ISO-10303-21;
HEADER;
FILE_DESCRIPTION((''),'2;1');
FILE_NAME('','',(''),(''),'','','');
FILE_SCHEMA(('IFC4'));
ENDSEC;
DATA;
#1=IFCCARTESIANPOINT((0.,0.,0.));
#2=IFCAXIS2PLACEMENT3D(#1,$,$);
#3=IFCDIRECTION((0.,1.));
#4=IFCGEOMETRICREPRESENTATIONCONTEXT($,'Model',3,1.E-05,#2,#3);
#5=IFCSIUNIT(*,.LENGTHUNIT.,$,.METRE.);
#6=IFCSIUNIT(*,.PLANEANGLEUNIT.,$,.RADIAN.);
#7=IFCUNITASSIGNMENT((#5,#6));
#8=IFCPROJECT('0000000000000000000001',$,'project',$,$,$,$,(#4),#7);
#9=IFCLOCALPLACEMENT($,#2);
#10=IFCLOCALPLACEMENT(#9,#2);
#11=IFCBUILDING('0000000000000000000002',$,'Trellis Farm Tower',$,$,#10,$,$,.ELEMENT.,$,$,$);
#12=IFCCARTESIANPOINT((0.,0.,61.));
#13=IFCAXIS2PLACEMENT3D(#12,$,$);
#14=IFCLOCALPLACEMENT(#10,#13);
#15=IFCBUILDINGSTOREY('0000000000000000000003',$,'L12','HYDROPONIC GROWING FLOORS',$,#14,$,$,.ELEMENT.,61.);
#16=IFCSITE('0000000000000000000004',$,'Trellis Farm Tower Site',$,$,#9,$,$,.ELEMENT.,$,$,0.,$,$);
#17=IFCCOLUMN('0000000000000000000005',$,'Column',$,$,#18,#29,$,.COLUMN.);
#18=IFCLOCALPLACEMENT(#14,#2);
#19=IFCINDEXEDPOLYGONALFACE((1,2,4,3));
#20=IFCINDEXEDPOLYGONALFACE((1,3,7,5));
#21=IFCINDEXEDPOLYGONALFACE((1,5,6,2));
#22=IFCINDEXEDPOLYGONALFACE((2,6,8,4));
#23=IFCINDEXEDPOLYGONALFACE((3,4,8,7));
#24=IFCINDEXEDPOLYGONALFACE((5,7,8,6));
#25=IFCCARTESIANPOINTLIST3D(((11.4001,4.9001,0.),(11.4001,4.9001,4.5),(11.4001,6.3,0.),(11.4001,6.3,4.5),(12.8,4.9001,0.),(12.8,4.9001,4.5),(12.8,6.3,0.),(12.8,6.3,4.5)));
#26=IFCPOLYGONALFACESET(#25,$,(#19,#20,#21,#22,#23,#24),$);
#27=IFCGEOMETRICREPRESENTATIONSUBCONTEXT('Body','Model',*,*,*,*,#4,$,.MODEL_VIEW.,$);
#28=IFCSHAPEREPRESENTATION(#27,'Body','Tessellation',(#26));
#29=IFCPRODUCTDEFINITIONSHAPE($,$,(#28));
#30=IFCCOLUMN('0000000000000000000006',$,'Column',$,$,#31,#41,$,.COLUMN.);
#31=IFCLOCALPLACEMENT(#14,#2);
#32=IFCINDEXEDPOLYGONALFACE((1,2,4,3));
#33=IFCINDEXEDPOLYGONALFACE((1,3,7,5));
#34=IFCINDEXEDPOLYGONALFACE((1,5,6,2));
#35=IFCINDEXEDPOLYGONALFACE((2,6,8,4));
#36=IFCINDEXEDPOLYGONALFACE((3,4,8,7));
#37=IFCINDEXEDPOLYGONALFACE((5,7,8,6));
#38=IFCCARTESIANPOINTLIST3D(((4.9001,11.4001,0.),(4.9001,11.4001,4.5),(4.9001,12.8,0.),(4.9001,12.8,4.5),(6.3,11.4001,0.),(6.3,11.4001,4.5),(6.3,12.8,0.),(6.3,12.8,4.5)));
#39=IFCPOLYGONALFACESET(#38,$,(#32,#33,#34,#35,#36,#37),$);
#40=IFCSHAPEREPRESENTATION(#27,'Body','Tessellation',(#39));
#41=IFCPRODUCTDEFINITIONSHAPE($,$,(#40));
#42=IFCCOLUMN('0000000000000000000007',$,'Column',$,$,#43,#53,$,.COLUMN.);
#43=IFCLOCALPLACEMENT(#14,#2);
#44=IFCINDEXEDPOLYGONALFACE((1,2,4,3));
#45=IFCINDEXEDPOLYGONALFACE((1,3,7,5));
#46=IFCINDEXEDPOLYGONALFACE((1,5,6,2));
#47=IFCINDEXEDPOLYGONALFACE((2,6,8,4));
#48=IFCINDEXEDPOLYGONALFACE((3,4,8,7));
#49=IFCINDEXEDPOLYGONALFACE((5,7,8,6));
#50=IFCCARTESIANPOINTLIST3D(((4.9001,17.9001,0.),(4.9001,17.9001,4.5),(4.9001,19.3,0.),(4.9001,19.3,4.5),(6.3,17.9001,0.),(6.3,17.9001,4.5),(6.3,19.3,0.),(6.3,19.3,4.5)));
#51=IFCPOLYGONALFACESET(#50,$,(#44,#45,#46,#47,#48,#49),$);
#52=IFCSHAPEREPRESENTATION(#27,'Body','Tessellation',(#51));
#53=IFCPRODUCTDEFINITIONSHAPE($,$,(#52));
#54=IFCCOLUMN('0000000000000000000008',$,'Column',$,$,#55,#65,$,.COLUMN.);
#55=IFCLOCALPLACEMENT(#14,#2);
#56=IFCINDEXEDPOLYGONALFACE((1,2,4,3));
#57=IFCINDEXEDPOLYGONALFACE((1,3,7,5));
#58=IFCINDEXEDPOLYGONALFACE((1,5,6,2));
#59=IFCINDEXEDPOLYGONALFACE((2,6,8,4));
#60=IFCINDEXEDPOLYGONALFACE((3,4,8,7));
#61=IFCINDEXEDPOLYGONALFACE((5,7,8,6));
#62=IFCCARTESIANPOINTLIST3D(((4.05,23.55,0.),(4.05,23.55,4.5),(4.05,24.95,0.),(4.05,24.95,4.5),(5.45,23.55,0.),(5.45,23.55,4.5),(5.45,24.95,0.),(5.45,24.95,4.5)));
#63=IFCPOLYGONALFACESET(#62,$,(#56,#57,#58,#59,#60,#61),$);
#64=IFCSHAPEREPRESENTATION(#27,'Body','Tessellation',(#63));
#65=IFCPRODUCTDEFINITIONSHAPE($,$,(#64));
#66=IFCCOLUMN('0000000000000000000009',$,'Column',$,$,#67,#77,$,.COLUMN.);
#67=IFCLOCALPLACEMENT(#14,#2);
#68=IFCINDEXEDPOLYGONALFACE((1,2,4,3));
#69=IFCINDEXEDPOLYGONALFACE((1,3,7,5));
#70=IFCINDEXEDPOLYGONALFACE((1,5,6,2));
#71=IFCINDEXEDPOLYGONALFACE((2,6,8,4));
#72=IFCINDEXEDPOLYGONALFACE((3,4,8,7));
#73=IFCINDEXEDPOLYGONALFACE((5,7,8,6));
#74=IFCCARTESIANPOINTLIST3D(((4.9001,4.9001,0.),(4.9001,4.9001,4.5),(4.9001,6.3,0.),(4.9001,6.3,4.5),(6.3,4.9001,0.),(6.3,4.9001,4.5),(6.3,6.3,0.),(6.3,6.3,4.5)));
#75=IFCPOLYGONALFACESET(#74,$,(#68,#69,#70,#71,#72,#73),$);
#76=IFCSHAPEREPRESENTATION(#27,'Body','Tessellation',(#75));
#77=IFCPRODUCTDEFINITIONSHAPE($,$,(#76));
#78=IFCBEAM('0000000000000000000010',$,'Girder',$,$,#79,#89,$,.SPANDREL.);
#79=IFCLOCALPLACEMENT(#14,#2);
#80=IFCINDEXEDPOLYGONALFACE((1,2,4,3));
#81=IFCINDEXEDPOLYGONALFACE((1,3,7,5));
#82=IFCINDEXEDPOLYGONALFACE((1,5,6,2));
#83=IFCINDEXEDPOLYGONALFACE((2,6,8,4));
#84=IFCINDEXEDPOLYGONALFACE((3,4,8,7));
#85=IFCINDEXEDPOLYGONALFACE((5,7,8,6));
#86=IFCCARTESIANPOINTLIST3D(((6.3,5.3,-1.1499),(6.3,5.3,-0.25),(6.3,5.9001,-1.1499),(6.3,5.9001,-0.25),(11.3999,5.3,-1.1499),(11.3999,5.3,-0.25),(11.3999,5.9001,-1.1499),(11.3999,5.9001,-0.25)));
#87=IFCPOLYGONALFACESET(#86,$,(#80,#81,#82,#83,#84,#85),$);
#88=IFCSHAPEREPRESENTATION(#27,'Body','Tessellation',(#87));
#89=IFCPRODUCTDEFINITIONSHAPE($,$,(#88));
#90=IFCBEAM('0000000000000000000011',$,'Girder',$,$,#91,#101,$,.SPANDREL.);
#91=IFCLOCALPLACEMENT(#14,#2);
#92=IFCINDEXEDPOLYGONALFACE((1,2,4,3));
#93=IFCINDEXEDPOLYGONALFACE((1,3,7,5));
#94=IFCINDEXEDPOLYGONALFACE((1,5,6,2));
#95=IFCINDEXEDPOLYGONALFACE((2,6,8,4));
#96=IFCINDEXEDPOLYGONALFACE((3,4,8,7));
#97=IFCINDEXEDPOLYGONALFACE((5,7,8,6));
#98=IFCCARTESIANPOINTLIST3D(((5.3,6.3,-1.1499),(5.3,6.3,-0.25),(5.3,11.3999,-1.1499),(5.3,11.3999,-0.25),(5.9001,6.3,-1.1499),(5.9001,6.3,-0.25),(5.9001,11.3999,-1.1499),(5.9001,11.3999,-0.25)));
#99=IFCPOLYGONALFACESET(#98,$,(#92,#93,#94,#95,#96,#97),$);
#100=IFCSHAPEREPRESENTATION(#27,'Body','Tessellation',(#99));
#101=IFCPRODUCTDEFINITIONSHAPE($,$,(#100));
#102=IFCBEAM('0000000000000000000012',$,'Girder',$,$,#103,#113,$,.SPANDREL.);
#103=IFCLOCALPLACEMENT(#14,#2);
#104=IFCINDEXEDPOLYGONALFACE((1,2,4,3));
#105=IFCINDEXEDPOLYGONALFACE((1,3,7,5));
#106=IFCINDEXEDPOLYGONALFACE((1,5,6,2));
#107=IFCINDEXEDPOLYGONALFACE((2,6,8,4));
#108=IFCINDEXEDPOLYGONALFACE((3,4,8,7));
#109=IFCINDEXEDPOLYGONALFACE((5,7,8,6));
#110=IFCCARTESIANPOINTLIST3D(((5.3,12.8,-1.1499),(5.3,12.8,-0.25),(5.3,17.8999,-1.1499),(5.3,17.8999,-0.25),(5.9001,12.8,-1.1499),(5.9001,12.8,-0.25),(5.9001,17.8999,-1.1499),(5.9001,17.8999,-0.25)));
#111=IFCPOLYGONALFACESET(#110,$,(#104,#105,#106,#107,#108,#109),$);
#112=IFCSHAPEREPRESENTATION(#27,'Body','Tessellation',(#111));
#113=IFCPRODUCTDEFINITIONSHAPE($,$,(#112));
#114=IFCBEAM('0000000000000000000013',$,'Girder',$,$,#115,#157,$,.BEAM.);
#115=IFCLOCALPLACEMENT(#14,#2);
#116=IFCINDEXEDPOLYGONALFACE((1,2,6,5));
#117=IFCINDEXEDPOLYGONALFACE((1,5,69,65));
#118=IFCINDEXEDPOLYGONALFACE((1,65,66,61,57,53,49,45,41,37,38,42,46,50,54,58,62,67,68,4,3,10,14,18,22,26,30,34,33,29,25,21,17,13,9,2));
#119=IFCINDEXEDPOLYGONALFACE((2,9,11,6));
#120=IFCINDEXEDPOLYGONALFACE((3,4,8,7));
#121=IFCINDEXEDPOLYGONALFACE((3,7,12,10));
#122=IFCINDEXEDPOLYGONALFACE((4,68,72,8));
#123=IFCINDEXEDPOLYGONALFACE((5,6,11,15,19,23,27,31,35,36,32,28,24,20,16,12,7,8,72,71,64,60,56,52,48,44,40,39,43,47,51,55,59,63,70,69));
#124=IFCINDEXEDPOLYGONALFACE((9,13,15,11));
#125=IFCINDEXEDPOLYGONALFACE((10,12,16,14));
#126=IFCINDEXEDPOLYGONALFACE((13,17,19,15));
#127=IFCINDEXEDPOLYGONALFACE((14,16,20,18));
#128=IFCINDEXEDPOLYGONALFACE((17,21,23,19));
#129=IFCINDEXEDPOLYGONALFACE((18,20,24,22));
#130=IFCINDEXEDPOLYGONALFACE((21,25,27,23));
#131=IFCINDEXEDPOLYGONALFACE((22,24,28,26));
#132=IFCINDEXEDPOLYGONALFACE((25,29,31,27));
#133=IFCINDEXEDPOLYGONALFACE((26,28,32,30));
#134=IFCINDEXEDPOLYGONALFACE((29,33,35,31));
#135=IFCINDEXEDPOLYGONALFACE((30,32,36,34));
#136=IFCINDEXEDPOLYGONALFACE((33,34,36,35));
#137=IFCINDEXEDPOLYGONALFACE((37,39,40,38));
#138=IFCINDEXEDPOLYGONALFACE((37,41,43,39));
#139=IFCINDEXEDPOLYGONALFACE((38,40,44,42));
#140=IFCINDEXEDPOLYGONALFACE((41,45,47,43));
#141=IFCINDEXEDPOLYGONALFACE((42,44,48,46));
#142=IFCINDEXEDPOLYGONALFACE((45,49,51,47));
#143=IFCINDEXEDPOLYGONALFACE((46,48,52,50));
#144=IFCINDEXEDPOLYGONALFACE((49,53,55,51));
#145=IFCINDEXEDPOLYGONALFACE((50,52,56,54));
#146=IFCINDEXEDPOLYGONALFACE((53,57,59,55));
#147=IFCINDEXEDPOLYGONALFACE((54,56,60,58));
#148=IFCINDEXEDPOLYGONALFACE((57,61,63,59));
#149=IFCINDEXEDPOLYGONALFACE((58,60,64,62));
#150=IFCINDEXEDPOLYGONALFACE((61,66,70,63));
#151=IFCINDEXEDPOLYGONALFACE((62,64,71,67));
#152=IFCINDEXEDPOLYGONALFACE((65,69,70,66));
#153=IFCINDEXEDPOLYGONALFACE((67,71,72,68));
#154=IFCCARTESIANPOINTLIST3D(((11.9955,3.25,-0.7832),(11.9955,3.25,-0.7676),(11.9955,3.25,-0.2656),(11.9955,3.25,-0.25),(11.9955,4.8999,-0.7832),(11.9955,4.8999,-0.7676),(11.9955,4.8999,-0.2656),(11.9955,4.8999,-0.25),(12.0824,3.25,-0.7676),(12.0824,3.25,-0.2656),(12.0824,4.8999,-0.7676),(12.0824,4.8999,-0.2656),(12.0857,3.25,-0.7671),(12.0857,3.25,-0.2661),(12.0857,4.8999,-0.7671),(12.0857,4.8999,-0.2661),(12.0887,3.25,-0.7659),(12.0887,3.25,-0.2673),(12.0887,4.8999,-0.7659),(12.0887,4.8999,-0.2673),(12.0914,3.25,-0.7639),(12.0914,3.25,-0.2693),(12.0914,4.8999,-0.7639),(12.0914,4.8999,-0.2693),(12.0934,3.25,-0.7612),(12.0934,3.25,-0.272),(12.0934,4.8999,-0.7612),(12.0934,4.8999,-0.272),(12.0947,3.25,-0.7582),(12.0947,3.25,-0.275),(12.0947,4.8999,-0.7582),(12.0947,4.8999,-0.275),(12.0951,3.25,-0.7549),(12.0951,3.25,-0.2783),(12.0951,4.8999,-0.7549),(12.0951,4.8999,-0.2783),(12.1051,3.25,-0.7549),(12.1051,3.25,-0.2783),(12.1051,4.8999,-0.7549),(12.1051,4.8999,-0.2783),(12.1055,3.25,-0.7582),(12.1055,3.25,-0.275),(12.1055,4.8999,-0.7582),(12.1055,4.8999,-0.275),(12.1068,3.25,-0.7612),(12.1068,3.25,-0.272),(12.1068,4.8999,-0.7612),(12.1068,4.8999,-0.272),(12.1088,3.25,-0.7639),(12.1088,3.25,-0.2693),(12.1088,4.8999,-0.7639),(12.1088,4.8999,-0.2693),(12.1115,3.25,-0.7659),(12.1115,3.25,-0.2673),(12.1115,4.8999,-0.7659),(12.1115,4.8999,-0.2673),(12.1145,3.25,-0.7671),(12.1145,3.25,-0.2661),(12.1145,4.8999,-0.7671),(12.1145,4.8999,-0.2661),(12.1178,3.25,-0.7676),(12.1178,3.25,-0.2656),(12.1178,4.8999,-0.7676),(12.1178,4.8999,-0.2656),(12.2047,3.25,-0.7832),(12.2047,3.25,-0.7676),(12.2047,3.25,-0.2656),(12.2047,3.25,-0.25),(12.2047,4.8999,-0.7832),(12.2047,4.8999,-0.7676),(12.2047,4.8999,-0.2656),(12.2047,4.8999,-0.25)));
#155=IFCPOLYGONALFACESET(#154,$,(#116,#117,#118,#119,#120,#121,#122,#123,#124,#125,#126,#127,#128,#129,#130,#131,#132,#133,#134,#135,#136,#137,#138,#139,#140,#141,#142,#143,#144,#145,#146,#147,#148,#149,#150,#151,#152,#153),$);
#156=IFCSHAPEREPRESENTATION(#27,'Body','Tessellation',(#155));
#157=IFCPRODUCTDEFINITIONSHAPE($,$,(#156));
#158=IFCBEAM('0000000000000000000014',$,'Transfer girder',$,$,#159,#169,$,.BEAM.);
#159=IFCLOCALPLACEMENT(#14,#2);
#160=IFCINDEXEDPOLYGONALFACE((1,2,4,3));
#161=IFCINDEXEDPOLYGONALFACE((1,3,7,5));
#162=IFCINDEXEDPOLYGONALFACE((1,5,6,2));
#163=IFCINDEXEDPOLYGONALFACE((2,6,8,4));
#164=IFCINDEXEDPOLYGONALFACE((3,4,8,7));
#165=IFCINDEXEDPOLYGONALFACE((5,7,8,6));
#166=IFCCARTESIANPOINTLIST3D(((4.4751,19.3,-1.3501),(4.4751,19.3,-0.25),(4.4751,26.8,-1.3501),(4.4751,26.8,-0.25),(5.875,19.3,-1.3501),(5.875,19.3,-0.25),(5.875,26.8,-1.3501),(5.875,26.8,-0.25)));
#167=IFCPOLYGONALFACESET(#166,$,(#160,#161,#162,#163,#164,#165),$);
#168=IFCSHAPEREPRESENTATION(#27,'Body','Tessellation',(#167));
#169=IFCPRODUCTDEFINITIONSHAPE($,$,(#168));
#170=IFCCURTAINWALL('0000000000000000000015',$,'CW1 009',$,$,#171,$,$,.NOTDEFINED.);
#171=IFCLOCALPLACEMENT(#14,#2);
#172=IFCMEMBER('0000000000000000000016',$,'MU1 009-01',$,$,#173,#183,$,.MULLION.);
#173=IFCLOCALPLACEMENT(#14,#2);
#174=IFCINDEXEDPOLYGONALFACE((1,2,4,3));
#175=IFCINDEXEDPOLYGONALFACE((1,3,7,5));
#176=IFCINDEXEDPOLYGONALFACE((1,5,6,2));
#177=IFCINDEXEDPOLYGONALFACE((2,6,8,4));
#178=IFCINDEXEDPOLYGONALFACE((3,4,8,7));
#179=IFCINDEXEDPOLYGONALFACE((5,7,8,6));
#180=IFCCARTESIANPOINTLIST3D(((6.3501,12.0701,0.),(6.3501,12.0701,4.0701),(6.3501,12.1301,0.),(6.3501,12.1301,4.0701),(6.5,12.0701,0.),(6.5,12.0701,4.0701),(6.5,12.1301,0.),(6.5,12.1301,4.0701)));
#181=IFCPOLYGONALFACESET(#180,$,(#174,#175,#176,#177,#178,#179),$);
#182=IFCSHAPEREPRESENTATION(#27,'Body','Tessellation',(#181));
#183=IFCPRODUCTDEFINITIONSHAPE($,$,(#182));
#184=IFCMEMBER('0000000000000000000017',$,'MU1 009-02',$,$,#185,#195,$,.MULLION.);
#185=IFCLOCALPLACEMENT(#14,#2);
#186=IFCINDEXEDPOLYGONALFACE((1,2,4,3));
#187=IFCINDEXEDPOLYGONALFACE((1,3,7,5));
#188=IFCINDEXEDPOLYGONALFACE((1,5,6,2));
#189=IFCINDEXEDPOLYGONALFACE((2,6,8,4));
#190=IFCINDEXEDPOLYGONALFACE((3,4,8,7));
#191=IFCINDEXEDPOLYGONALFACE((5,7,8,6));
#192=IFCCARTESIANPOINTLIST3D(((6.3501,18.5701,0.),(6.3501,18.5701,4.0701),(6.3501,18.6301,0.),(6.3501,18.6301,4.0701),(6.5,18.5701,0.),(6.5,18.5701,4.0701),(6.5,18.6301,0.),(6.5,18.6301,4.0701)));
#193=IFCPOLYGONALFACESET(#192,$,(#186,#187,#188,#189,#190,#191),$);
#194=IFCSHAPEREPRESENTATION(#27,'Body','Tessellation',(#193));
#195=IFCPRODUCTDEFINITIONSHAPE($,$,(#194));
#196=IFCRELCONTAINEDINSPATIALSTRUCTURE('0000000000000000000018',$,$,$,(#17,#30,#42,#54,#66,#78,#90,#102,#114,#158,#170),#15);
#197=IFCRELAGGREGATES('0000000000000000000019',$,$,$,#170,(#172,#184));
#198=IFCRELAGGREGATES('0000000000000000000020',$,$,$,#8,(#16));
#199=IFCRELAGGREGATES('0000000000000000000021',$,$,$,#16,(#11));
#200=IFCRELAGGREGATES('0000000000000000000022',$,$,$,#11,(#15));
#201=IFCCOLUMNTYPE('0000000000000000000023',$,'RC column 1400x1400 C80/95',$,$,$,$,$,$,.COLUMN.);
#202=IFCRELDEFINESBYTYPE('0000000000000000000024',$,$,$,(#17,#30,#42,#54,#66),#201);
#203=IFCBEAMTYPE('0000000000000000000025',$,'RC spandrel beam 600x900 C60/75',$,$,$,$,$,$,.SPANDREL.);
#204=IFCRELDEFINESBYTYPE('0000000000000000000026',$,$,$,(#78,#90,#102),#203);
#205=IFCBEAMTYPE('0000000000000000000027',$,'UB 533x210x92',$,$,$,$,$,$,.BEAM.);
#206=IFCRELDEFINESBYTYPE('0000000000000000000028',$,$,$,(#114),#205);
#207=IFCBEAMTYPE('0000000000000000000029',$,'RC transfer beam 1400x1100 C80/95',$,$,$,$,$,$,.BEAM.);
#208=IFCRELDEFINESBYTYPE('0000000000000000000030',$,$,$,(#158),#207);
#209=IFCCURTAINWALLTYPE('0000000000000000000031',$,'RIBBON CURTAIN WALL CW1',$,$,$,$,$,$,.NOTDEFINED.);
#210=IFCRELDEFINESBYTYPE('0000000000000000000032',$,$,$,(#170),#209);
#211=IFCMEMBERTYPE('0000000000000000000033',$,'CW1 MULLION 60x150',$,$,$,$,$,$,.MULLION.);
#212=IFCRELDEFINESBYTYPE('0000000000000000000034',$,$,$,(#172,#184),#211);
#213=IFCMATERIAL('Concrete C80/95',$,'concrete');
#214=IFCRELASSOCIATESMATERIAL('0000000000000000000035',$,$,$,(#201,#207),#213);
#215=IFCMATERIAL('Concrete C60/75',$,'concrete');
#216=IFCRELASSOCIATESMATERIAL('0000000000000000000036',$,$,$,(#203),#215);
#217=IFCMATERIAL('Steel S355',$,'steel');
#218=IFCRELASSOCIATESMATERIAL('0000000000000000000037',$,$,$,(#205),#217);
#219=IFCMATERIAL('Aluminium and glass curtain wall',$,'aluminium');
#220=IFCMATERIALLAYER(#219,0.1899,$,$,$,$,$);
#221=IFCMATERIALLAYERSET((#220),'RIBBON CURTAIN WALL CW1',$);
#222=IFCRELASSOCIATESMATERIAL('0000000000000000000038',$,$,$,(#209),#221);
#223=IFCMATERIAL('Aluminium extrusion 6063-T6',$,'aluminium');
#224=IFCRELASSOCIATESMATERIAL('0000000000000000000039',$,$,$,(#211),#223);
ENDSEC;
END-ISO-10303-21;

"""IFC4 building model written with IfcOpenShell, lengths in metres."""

from ifc_helpers import new_model, si_unit, direction, frame, origin, origin_2d, place, context, subcontext, project, spatial, rectangle, i_section, extrude, source, transform, mapped, material, layer, layer_set, material_profile, profile_set, type_object, element, aggregate, save


model = new_model("IFC4")

# Units and contexts
model_context = context("Model", 3, precision=1e-05, world=origin(), true_north=direction((0.0, 1.0)))
body_context = subcontext(model_context, "Body", "Model", "MODEL_VIEW")
ifc_project = project(units=[si_unit("LENGTHUNIT", "METRE"), si_unit("PLANEANGLEUNIT", "RADIAN")], contexts=[model_context])

# Site, building, storey
site_placement = place(None, origin())
site = spatial("IfcSite", under=ifc_project, at=site_placement, Name="Trellis Farm Tower Site", CompositionType="ELEMENT", RefElevation=0.0)
building_placement = place(site_placement, origin())
building = spatial("IfcBuilding", under=site, at=building_placement, Name="Trellis Farm Tower", CompositionType="ELEMENT")
storey_placement = place(building_placement, frame((0.0, 0.0, 61.0)))
storey = spatial("IfcBuildingStorey", under=building, at=storey_placement, Name="L12", Description="HYDROPONIC GROWING FLOORS", CompositionType="ELEMENT", Elevation=61.0)

# Columns
ifc_material_1 = material(Name="Concrete C80/95", Category="concrete")
ifc_material_profile_1 = material_profile(ifc_material_1, rectangle(XDim=1.3999, YDim=1.3999, at=origin_2d()), Name="RC column 1400x1400 C80/95")
ifc_profile_set_1 = profile_set([ifc_material_profile_1], Name="Concrete C80/95")
column_type = type_object("IfcColumnType", Name="RC column 1400x1400 C80/95", PredefinedType="COLUMN", material=ifc_profile_set_1)
shared_shape_1 = source(origin(), body_context, "Body", "SweptSolid", [
    extrude(rectangle(XDim=1.3999, YDim=1.3999, at=origin_2d()), origin(), (0.0, 0.0, 1.0), 4.5),
])
for number, where, z_axis, x_axis, name in (
    (1, (12.1001, 5.6001, 0.0), (0.0, 0.0, 1.0), (1.0, 0.0, 0.0), "Column"),
    (2, (5.6001, 12.1001, 0.0), (0.0, 0.0, 1.0), (1.0, 0.0, 0.0), "Column"),
    (3, (5.6001, 18.6001, 0.0), (0.0, 0.0, 1.0), (1.0, 0.0, 0.0), "Column"),
    (4, (4.75, 24.25, 0.0), (0.0, 0.0, 1.0), (1.0, 0.0, 0.0), "Column"),
    (5, (5.6001, 5.6001, 0.0), (0.0, 0.0, 1.0), (1.0, 0.0, 0.0), "Column"),
):
    element("IfcColumn", number, at=place(storey_placement, frame(where, z_axis=z_axis, x_axis=x_axis)), inside=storey, type_object=column_type, Name=name, PredefinedType="COLUMN", context=body_context, shape_type="MappedRepresentation", body=[
        mapped(shared_shape_1, transform((0.0, 0.0, 0.0))),
    ])

# Beams
ifc_material_2 = material(Name="Concrete C60/75", Category="concrete")
ifc_material_profile_2 = material_profile(ifc_material_2, rectangle(XDim=0.6001, YDim=0.8999, at=origin_2d()), Name="RC spandrel beam 600x900 C60/75")
ifc_profile_set_2 = profile_set([ifc_material_profile_2], Name="Concrete C60/75")
beam_type_1 = type_object("IfcBeamType", Name="RC spandrel beam 600x900 C60/75", PredefinedType="SPANDREL", material=ifc_profile_set_2)
shared_shape_2 = source(origin(), body_context, "Body", "SweptSolid", [
    extrude(rectangle(XDim=0.6001, YDim=0.8999, at=origin_2d()), origin(), (0.0, 0.0, 1.0), 5.0999),
])
for number, where, z_axis, x_axis, name in (
    (6, (6.3, 5.6001, -0.7), (1.0, 0.0, 0.0), (0.0, 1.0, 0.0), "Girder"),
    (7, (5.6001, 6.3, -0.7), (0.0, 1.0, 0.0), (-1.0, 0.0, 0.0), "Girder"),
    (8, (5.6001, 12.8, -0.7), (0.0, 1.0, 0.0), (-1.0, 0.0, 0.0), "Girder"),
):
    element("IfcBeam", number, at=place(storey_placement, frame(where, z_axis=z_axis, x_axis=x_axis)), inside=storey, type_object=beam_type_1, Name=name, PredefinedType="SPANDREL", context=body_context, shape_type="MappedRepresentation", body=[
        mapped(shared_shape_2, transform((0.0, 0.0, 0.0))),
    ])
ifc_material_3 = material(Name="Steel S355", Category="steel")
ifc_material_profile_3 = material_profile(ifc_material_3, i_section(OverallWidth=0.2092, OverallDepth=0.5332, WebThickness=0.01, FlangeThickness=0.0156, FilletRadius=0.0127, at=origin_2d()), Name="UB 533x210x92")
ifc_profile_set_3 = profile_set([ifc_material_profile_3], Name="Steel S355")
beam_type_2 = type_object("IfcBeamType", Name="UB 533x210x92", PredefinedType="BEAM", material=ifc_profile_set_3)
shared_shape_3 = source(origin(), body_context, "Body", "SweptSolid", [
    extrude(i_section(OverallWidth=0.2092, OverallDepth=0.5332, WebThickness=0.01, FlangeThickness=0.0156, FilletRadius=0.0127, at=origin_2d()), origin(), (0.0, 0.0, 1.0), 1.6499),
])
beam_1_placement = place(storey_placement, frame((12.1001, 3.25, -0.5166), z_axis=(0.0, 1.0, 0.0), x_axis=(-1.0, 0.0, 0.0)))
element("IfcBeam", 9, at=beam_1_placement, inside=storey, type_object=beam_type_2, Name="Girder", PredefinedType="BEAM", context=body_context, shape_type="MappedRepresentation", body=[
    mapped(shared_shape_3, transform((0.0, 0.0, 0.0))),
])
ifc_material_profile_4 = material_profile(ifc_material_1, rectangle(XDim=1.3999, YDim=1.1001, at=origin_2d()), Name="RC transfer beam 1400x1100 C80/95")
ifc_profile_set_4 = profile_set([ifc_material_profile_4], Name="Concrete C80/95")
beam_type_3 = type_object("IfcBeamType", Name="RC transfer beam 1400x1100 C80/95", PredefinedType="BEAM", material=ifc_profile_set_4)
shared_shape_4 = source(origin(), body_context, "Body", "SweptSolid", [
    extrude(rectangle(XDim=1.3999, YDim=1.1001, at=origin_2d()), origin(), (0.0, 0.0, 1.0), 7.5),
])
beam_2_placement = place(storey_placement, frame((5.175, 19.3, -0.8), z_axis=(0.0, 1.0, 0.0), x_axis=(-1.0, 0.0, 0.0)))
element("IfcBeam", 10, at=beam_2_placement, inside=storey, type_object=beam_type_3, Name="Transfer girder", PredefinedType="BEAM", context=body_context, shape_type="MappedRepresentation", body=[
    mapped(shared_shape_4, transform((0.0, 0.0, 0.0))),
])

# Curtain wall, members
ifc_material_4 = material(Name="Aluminium and glass curtain wall", Category="aluminium")
ifc_layer_1 = layer(ifc_material_4, 0.1899)
ifc_layer_set_1 = layer_set([ifc_layer_1], Name="RIBBON CURTAIN WALL CW1")
curtain_wall_type_1 = type_object("IfcCurtainWallType", Name="RIBBON CURTAIN WALL CW1", PredefinedType="NOTDEFINED", material=ifc_layer_set_1)
placement = place(storey_placement, origin())
curtain_wall_1 = element("IfcCurtainWall", 11, at=placement, inside=storey, type_object=curtain_wall_type_1, Name="CW1 009", PredefinedType="NOTDEFINED")
ifc_material_5 = material(Name="Aluminium extrusion 6063-T6", Category="aluminium")
ifc_material_profile_5 = material_profile(ifc_material_5, rectangle(XDim=0.0601, YDim=0.1499, at=origin_2d()), Name="MULLION 60x150")
ifc_profile_set_5 = profile_set([ifc_material_profile_5], Name="Aluminium extrusion 6063-T6")
member_type_1 = type_object("IfcMemberType", Name="CW1 MULLION 60x150", PredefinedType="MULLION", material=ifc_profile_set_5)
shared_shape_5 = source(origin(), body_context, "Body", "SweptSolid", [
    extrude(rectangle(XDim=0.0601, YDim=0.1499, at=origin_2d()), origin(), (0.0, 0.0, 1.0), 4.0701),
])
member_1_placement = place(storey_placement, frame((6.425, 12.1001, 0.0), z_axis=(0.0, 0.0, 1.0), x_axis=(0.0, 1.0, 0.0)))
member_1 = element("IfcMember", 12, at=member_1_placement, type_object=member_type_1, Name="MU1 009-01", PredefinedType="MULLION", context=body_context, shape_type="MappedRepresentation", body=[
    mapped(shared_shape_5, transform((0.0, 0.0, 0.0))),
])
member_2_placement = place(storey_placement, frame((6.425, 18.6001, 0.0), z_axis=(0.0, 0.0, 1.0), x_axis=(0.0, 1.0, 0.0)))
member_2 = element("IfcMember", 13, at=member_2_placement, type_object=member_type_1, Name="MU1 009-02", PredefinedType="MULLION", context=body_context, shape_type="MappedRepresentation", body=[
    mapped(shared_shape_5, transform((0.0, 0.0, 0.0))),
])
aggregate(curtain_wall_1, [member_1, member_2])

save(model, "model.ifc")
